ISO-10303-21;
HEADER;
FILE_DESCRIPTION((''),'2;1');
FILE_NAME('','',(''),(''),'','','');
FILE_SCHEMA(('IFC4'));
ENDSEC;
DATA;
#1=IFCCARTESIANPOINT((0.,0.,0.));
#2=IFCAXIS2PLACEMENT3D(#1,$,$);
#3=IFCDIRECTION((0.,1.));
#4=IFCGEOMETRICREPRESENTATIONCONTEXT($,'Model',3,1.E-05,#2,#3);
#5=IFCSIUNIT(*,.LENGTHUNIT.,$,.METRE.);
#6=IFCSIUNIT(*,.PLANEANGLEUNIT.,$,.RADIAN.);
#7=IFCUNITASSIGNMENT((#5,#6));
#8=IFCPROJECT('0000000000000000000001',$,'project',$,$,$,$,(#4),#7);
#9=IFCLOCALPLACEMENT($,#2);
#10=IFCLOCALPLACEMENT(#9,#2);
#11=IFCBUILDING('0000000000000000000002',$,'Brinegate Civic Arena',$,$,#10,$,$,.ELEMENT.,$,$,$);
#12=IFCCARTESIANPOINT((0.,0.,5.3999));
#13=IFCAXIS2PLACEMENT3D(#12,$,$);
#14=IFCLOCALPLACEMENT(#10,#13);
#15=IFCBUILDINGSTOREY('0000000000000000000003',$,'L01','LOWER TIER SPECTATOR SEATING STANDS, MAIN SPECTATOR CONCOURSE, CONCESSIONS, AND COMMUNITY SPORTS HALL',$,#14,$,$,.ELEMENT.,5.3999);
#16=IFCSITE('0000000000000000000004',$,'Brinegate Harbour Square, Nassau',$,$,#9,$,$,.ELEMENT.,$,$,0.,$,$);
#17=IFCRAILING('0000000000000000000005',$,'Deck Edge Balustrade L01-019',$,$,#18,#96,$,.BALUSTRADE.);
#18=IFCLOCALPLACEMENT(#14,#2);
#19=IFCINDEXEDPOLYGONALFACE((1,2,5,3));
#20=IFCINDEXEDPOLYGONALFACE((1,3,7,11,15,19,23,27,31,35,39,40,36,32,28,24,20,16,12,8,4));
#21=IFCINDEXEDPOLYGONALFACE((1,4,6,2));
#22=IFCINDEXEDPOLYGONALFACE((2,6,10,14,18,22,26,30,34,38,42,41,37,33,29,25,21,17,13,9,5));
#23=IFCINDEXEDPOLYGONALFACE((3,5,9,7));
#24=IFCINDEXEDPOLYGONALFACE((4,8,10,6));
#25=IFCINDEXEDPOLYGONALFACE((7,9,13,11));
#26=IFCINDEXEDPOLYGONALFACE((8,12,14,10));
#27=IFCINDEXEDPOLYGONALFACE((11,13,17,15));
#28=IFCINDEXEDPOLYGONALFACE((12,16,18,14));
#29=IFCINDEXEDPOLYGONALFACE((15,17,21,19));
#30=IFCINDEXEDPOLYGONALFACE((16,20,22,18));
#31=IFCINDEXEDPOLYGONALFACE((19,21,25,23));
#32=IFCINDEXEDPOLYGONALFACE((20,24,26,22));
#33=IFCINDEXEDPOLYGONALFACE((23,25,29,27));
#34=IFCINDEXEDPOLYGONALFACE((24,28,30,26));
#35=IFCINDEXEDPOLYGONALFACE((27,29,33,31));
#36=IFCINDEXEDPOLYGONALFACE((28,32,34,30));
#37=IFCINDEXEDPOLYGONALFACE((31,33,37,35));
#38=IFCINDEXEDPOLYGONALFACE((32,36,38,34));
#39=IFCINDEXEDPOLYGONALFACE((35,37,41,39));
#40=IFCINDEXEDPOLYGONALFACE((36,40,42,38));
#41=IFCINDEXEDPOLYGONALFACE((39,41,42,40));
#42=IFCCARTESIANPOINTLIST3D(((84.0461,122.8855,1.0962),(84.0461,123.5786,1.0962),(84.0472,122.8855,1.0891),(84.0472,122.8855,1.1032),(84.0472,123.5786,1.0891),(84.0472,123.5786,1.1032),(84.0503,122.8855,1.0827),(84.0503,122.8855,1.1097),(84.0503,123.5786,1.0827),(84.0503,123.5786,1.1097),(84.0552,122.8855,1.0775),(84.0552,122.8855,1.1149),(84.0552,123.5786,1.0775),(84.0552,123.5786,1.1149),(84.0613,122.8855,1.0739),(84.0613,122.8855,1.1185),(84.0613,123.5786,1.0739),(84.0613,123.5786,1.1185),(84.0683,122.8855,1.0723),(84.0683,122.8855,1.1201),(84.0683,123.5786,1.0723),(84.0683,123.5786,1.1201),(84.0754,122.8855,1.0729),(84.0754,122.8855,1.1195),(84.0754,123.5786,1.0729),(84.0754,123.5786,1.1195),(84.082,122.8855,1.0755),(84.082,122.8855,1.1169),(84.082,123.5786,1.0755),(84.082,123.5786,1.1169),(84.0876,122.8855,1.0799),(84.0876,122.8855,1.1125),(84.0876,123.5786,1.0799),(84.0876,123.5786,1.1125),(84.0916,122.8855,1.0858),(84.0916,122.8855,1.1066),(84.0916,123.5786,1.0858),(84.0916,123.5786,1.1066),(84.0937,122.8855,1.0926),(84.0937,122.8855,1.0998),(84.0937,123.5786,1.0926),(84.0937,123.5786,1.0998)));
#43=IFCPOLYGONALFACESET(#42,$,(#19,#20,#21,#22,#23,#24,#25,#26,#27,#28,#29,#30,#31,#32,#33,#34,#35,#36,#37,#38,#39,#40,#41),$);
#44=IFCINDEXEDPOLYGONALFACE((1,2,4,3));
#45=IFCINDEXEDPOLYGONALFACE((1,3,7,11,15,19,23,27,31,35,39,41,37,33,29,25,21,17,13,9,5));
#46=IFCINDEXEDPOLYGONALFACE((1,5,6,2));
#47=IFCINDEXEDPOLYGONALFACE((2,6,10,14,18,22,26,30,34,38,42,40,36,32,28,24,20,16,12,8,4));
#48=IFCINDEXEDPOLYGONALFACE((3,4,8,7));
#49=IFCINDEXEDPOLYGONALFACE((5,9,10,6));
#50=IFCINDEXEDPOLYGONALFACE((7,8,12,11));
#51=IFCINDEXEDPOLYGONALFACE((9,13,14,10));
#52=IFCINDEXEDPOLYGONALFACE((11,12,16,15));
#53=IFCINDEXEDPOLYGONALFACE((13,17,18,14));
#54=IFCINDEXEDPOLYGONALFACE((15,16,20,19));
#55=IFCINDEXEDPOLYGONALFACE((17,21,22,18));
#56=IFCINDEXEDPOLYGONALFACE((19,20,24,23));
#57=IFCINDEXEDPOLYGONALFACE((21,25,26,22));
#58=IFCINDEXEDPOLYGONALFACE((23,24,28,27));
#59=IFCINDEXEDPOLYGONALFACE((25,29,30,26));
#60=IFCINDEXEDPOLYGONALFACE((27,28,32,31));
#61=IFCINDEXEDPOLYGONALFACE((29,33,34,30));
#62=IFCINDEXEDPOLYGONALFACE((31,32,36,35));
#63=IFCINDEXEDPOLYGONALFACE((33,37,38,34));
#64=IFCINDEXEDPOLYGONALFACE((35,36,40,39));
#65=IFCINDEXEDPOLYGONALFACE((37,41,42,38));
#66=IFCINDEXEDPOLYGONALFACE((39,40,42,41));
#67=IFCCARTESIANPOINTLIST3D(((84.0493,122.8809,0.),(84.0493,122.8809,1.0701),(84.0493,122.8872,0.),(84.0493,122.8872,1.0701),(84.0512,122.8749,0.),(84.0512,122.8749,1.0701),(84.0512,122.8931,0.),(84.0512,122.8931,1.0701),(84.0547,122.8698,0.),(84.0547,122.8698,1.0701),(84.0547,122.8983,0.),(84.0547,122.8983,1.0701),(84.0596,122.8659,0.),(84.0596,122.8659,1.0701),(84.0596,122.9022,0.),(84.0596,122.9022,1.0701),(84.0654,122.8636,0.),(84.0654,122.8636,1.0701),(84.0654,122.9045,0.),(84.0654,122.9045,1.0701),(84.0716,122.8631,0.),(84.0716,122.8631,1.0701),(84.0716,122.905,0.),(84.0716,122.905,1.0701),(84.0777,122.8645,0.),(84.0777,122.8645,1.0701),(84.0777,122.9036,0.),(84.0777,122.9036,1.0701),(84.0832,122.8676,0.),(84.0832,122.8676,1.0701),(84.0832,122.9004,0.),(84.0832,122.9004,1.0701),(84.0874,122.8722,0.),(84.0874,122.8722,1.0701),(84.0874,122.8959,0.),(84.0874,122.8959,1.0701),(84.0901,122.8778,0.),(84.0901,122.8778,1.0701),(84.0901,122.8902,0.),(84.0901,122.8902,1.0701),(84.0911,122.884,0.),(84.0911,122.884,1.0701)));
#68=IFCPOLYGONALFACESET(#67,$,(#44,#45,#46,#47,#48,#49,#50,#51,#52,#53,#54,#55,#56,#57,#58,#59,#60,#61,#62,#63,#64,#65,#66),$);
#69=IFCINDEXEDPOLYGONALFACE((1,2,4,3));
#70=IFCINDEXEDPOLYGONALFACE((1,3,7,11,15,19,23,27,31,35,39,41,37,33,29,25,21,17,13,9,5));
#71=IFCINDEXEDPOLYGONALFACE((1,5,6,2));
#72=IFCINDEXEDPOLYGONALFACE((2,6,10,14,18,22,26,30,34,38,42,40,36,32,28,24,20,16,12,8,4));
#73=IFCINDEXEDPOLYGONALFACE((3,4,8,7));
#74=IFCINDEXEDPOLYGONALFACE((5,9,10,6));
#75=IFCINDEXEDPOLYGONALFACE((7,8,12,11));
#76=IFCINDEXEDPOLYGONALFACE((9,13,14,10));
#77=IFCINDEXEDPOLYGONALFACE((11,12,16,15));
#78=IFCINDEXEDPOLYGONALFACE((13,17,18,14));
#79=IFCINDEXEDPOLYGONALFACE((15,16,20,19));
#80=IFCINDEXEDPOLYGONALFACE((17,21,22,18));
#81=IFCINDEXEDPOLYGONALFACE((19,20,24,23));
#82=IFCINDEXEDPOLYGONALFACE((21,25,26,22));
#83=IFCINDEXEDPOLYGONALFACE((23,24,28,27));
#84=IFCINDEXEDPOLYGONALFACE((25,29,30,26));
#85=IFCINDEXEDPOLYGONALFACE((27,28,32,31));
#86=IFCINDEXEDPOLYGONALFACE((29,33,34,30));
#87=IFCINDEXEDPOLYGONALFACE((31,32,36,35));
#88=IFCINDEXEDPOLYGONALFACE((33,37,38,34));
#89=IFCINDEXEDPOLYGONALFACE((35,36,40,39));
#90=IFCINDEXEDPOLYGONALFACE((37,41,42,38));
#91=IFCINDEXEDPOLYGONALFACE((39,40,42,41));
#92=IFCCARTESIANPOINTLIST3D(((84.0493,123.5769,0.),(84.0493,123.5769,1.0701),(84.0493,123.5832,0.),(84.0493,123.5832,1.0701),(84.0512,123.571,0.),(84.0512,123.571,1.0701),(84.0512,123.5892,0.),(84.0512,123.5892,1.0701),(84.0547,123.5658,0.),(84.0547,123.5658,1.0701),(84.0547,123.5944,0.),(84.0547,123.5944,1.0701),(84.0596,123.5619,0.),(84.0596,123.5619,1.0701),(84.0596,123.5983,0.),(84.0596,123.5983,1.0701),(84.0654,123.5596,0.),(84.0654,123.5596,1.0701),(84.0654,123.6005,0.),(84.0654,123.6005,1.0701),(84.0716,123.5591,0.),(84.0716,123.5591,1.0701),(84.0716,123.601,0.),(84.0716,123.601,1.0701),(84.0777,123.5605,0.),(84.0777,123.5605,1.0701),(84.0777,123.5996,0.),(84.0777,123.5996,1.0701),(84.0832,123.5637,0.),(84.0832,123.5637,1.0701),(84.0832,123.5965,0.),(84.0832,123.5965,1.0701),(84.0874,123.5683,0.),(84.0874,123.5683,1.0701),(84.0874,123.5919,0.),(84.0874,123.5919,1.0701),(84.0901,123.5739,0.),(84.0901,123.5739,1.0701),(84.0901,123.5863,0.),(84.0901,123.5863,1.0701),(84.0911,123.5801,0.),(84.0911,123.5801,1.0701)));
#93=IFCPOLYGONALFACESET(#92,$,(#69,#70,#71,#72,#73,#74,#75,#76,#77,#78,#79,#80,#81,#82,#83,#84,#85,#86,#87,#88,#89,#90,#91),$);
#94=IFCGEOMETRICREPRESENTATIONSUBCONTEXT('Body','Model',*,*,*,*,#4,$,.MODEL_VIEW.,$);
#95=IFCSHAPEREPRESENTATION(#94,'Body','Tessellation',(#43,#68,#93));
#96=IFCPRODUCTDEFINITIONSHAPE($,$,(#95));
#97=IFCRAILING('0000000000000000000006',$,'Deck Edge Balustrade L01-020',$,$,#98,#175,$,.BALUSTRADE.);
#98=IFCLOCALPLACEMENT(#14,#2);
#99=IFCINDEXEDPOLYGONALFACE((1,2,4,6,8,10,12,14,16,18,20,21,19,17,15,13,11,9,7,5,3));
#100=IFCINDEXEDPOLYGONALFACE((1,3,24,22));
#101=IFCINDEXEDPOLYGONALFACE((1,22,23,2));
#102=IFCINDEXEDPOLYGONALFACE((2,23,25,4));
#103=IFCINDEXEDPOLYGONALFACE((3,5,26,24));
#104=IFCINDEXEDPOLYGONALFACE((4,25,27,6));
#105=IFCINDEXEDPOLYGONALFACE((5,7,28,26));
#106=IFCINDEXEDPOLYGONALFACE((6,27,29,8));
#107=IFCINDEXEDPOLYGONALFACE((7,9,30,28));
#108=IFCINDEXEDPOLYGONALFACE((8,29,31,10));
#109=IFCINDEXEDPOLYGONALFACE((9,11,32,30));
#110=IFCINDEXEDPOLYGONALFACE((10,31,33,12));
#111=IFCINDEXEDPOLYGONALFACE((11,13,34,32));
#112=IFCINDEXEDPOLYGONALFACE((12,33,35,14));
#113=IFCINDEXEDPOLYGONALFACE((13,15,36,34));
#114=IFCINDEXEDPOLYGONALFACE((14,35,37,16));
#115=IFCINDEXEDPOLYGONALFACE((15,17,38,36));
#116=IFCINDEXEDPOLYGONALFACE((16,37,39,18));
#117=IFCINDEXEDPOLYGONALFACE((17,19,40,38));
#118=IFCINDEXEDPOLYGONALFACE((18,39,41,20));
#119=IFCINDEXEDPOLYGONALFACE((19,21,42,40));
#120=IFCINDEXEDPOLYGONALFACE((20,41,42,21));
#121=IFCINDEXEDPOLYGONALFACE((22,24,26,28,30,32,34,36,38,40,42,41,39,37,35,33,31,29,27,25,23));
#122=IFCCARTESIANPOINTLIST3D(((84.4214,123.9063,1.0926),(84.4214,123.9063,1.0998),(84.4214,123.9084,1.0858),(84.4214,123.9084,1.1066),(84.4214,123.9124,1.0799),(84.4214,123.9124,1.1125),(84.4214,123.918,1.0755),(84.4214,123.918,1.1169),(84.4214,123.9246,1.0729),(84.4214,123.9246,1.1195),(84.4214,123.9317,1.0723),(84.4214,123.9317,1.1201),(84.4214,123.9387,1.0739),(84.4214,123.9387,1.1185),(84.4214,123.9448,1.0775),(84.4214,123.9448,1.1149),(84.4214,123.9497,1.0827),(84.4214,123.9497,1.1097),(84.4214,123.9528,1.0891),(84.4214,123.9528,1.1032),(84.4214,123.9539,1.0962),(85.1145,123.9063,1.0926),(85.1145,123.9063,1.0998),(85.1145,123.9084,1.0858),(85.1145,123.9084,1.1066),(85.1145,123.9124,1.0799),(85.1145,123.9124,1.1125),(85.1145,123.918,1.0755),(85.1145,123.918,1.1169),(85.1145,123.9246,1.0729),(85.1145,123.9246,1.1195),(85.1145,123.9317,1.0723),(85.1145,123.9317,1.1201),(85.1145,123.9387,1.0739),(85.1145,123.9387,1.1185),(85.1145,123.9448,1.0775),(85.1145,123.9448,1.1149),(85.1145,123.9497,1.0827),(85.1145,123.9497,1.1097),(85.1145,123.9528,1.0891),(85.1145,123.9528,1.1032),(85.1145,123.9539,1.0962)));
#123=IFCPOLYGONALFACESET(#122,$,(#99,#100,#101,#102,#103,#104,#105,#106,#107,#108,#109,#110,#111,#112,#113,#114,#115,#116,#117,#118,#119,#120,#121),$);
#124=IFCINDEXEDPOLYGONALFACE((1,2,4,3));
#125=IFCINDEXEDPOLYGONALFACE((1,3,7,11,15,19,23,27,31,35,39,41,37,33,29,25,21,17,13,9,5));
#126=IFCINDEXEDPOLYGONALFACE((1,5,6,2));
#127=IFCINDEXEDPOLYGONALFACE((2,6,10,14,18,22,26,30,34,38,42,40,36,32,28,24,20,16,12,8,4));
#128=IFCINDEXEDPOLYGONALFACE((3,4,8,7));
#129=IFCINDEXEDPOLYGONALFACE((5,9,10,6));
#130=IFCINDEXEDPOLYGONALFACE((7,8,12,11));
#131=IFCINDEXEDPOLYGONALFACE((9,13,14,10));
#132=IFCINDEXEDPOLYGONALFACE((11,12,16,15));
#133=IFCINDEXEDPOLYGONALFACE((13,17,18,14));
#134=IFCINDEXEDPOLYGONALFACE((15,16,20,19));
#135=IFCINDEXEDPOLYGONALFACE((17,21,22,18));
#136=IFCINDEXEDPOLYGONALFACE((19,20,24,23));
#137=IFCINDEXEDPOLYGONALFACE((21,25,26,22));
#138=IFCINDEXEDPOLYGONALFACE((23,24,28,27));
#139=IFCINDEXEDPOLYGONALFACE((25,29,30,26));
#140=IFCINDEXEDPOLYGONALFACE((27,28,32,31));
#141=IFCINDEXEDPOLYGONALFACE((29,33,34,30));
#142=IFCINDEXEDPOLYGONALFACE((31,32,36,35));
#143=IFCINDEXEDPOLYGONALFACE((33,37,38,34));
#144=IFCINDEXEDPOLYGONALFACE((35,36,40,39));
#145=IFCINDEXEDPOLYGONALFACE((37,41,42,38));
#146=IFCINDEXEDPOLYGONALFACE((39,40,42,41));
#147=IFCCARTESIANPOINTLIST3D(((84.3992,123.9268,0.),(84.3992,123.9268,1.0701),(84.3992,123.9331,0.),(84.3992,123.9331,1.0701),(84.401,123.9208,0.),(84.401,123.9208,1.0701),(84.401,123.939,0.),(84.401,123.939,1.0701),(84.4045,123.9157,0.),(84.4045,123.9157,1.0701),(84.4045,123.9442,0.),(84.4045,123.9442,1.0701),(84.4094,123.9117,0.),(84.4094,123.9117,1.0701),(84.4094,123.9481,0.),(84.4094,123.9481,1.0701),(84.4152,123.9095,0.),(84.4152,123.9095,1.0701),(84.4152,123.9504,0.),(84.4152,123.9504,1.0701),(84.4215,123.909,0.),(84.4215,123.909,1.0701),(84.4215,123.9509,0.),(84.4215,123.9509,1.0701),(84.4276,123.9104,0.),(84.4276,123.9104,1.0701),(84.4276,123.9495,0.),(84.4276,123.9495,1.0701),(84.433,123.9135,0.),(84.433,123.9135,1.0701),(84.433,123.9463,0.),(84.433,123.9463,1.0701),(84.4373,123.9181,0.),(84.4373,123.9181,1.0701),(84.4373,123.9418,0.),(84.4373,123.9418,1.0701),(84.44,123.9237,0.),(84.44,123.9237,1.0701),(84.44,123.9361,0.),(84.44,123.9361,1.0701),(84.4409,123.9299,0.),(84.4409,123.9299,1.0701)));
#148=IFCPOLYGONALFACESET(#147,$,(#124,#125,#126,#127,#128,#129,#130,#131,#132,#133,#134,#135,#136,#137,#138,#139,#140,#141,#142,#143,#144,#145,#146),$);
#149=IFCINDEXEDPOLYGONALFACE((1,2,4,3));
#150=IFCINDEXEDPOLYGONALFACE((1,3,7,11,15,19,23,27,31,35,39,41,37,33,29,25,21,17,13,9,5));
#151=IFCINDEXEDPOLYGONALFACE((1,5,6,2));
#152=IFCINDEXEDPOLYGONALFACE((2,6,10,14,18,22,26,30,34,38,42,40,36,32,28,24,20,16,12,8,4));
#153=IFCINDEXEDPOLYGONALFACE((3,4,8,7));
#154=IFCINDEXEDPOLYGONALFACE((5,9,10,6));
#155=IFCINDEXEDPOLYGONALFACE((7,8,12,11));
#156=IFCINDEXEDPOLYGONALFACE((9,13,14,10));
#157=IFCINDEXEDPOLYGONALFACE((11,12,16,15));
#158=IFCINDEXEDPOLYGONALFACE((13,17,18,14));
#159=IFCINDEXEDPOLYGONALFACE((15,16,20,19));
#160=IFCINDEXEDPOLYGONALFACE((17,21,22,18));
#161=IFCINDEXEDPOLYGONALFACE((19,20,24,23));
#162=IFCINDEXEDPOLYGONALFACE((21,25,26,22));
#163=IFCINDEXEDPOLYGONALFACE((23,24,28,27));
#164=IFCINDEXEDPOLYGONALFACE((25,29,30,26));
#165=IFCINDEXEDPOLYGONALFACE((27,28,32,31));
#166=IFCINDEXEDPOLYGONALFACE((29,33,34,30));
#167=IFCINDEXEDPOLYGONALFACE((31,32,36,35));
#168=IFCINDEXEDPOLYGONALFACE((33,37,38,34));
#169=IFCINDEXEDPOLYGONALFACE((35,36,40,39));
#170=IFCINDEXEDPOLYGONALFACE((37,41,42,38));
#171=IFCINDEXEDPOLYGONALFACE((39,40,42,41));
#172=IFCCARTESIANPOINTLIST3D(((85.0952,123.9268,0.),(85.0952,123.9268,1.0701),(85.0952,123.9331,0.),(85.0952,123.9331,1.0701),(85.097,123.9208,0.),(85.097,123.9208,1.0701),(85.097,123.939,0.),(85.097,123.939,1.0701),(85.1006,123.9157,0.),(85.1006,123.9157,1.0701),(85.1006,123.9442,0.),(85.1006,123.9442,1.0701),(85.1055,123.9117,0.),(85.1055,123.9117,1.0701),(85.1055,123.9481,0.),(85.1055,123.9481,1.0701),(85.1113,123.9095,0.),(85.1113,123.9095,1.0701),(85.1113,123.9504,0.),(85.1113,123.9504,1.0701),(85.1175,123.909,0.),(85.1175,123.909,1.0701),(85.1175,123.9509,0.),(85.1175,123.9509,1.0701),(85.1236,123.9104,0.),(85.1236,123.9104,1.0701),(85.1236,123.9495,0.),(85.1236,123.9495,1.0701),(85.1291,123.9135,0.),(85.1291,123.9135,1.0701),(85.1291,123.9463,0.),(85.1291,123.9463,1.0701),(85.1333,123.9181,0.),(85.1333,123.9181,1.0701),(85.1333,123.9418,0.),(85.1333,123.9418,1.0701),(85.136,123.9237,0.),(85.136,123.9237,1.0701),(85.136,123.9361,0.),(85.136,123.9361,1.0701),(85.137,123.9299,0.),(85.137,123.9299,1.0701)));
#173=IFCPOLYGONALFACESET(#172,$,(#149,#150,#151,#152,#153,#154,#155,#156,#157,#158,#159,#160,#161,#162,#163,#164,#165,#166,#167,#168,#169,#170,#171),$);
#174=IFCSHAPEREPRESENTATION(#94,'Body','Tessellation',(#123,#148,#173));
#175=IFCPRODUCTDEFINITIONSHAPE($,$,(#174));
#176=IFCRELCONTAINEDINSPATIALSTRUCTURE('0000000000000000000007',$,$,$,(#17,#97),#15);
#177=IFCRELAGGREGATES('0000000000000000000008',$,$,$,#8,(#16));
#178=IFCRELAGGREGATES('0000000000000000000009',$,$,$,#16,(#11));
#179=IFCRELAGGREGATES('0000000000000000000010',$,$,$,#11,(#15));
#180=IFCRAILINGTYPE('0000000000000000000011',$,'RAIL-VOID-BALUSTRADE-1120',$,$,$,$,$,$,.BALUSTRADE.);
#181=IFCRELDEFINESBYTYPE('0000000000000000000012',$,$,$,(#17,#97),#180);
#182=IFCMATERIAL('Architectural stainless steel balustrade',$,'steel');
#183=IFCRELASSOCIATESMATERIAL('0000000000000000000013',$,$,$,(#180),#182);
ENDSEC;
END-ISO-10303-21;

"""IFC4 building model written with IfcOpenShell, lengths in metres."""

from ifc_helpers import new_model, si_unit, direction, frame, origin, origin_2d, place, context, subcontext, project, spatial, circle, extrude, material, type_object, element, save


model = new_model("IFC4")

# Units and contexts
model_context = context("Model", 3, precision=1e-05, world=origin(), true_north=direction((0.0, 1.0)))
body_context = subcontext(model_context, "Body", "Model", "MODEL_VIEW")
ifc_project = project(units=[si_unit("LENGTHUNIT", "METRE"), si_unit("PLANEANGLEUNIT", "RADIAN")], contexts=[model_context])

# Site, building, storey
site_placement = place(None, origin())
site = spatial("IfcSite", under=ifc_project, at=site_placement, Name="Brinegate Harbour Square, Nassau", CompositionType="ELEMENT", RefElevation=0.0)
building_placement = place(site_placement, origin())
building = spatial("IfcBuilding", under=site, at=building_placement, Name="Brinegate Civic Arena", CompositionType="ELEMENT")
storey_placement = place(building_placement, frame((0.0, 0.0, 5.3999)))
storey = spatial("IfcBuildingStorey", under=building, at=storey_placement, Name="L01", Description="LOWER TIER SPECTATOR SEATING STANDS, MAIN SPECTATOR CONCOURSE, CONCESSIONS, AND COMMUNITY SPORTS HALL", CompositionType="ELEMENT", Elevation=5.3999)

# Shared definitions
ifc_material_1 = material(Name="Architectural stainless steel balustrade", Category="steel")

# Railings
railing_type = type_object("IfcRailingType", Name="RAIL-VOID-BALUSTRADE-1120", PredefinedType="BALUSTRADE", material=ifc_material_1)
railing_1_placement = place(storey_placement, frame((84.0701, 122.884, 0.0)))
element("IfcRailing", 1, at=railing_1_placement, inside=storey, type_object=railing_type, Name="Deck Edge Balustrade L01-019", PredefinedType="BALUSTRADE", context=body_context, shape_type="SweptSolid", body=[
    extrude(circle(Radius=0.0239, at=origin_2d()), frame((0.0, 0.0015, 1.0962), z_axis=(0.0, 1.0, 0.0), x_axis=(-1.0, 0.0, 0.0)), (0.0, 0.0, 1.0), 0.6931),
    extrude(circle(Radius=0.021, at=origin_2d()), origin(), (0.0, 0.0, 1.0), 1.0701),
    extrude(circle(Radius=0.021, at=origin_2d()), frame((0.0, 0.696, 0.0)), (0.0, 0.0, 1.0), 1.0701),
])
railing_2_placement = place(storey_placement, frame((84.4199, 123.9299, 0.0)))
element("IfcRailing", 2, at=railing_2_placement, inside=storey, type_object=railing_type, Name="Deck Edge Balustrade L01-020", PredefinedType="BALUSTRADE", context=body_context, shape_type="SweptSolid", body=[
    extrude(circle(Radius=0.0239, at=origin_2d()), frame((0.0015, 0.0, 1.0962), z_axis=(1.0, 0.0, 0.0), x_axis=(0.0, 1.0, 0.0)), (0.0, 0.0, 1.0), 0.6931),
    extrude(circle(Radius=0.021, at=origin_2d()), origin(), (0.0, 0.0, 1.0), 1.0701),
    extrude(circle(Radius=0.021, at=origin_2d()), frame((0.696, 0.0, 0.0)), (0.0, 0.0, 1.0), 1.0701),
])

save(model, "model.ifc")
